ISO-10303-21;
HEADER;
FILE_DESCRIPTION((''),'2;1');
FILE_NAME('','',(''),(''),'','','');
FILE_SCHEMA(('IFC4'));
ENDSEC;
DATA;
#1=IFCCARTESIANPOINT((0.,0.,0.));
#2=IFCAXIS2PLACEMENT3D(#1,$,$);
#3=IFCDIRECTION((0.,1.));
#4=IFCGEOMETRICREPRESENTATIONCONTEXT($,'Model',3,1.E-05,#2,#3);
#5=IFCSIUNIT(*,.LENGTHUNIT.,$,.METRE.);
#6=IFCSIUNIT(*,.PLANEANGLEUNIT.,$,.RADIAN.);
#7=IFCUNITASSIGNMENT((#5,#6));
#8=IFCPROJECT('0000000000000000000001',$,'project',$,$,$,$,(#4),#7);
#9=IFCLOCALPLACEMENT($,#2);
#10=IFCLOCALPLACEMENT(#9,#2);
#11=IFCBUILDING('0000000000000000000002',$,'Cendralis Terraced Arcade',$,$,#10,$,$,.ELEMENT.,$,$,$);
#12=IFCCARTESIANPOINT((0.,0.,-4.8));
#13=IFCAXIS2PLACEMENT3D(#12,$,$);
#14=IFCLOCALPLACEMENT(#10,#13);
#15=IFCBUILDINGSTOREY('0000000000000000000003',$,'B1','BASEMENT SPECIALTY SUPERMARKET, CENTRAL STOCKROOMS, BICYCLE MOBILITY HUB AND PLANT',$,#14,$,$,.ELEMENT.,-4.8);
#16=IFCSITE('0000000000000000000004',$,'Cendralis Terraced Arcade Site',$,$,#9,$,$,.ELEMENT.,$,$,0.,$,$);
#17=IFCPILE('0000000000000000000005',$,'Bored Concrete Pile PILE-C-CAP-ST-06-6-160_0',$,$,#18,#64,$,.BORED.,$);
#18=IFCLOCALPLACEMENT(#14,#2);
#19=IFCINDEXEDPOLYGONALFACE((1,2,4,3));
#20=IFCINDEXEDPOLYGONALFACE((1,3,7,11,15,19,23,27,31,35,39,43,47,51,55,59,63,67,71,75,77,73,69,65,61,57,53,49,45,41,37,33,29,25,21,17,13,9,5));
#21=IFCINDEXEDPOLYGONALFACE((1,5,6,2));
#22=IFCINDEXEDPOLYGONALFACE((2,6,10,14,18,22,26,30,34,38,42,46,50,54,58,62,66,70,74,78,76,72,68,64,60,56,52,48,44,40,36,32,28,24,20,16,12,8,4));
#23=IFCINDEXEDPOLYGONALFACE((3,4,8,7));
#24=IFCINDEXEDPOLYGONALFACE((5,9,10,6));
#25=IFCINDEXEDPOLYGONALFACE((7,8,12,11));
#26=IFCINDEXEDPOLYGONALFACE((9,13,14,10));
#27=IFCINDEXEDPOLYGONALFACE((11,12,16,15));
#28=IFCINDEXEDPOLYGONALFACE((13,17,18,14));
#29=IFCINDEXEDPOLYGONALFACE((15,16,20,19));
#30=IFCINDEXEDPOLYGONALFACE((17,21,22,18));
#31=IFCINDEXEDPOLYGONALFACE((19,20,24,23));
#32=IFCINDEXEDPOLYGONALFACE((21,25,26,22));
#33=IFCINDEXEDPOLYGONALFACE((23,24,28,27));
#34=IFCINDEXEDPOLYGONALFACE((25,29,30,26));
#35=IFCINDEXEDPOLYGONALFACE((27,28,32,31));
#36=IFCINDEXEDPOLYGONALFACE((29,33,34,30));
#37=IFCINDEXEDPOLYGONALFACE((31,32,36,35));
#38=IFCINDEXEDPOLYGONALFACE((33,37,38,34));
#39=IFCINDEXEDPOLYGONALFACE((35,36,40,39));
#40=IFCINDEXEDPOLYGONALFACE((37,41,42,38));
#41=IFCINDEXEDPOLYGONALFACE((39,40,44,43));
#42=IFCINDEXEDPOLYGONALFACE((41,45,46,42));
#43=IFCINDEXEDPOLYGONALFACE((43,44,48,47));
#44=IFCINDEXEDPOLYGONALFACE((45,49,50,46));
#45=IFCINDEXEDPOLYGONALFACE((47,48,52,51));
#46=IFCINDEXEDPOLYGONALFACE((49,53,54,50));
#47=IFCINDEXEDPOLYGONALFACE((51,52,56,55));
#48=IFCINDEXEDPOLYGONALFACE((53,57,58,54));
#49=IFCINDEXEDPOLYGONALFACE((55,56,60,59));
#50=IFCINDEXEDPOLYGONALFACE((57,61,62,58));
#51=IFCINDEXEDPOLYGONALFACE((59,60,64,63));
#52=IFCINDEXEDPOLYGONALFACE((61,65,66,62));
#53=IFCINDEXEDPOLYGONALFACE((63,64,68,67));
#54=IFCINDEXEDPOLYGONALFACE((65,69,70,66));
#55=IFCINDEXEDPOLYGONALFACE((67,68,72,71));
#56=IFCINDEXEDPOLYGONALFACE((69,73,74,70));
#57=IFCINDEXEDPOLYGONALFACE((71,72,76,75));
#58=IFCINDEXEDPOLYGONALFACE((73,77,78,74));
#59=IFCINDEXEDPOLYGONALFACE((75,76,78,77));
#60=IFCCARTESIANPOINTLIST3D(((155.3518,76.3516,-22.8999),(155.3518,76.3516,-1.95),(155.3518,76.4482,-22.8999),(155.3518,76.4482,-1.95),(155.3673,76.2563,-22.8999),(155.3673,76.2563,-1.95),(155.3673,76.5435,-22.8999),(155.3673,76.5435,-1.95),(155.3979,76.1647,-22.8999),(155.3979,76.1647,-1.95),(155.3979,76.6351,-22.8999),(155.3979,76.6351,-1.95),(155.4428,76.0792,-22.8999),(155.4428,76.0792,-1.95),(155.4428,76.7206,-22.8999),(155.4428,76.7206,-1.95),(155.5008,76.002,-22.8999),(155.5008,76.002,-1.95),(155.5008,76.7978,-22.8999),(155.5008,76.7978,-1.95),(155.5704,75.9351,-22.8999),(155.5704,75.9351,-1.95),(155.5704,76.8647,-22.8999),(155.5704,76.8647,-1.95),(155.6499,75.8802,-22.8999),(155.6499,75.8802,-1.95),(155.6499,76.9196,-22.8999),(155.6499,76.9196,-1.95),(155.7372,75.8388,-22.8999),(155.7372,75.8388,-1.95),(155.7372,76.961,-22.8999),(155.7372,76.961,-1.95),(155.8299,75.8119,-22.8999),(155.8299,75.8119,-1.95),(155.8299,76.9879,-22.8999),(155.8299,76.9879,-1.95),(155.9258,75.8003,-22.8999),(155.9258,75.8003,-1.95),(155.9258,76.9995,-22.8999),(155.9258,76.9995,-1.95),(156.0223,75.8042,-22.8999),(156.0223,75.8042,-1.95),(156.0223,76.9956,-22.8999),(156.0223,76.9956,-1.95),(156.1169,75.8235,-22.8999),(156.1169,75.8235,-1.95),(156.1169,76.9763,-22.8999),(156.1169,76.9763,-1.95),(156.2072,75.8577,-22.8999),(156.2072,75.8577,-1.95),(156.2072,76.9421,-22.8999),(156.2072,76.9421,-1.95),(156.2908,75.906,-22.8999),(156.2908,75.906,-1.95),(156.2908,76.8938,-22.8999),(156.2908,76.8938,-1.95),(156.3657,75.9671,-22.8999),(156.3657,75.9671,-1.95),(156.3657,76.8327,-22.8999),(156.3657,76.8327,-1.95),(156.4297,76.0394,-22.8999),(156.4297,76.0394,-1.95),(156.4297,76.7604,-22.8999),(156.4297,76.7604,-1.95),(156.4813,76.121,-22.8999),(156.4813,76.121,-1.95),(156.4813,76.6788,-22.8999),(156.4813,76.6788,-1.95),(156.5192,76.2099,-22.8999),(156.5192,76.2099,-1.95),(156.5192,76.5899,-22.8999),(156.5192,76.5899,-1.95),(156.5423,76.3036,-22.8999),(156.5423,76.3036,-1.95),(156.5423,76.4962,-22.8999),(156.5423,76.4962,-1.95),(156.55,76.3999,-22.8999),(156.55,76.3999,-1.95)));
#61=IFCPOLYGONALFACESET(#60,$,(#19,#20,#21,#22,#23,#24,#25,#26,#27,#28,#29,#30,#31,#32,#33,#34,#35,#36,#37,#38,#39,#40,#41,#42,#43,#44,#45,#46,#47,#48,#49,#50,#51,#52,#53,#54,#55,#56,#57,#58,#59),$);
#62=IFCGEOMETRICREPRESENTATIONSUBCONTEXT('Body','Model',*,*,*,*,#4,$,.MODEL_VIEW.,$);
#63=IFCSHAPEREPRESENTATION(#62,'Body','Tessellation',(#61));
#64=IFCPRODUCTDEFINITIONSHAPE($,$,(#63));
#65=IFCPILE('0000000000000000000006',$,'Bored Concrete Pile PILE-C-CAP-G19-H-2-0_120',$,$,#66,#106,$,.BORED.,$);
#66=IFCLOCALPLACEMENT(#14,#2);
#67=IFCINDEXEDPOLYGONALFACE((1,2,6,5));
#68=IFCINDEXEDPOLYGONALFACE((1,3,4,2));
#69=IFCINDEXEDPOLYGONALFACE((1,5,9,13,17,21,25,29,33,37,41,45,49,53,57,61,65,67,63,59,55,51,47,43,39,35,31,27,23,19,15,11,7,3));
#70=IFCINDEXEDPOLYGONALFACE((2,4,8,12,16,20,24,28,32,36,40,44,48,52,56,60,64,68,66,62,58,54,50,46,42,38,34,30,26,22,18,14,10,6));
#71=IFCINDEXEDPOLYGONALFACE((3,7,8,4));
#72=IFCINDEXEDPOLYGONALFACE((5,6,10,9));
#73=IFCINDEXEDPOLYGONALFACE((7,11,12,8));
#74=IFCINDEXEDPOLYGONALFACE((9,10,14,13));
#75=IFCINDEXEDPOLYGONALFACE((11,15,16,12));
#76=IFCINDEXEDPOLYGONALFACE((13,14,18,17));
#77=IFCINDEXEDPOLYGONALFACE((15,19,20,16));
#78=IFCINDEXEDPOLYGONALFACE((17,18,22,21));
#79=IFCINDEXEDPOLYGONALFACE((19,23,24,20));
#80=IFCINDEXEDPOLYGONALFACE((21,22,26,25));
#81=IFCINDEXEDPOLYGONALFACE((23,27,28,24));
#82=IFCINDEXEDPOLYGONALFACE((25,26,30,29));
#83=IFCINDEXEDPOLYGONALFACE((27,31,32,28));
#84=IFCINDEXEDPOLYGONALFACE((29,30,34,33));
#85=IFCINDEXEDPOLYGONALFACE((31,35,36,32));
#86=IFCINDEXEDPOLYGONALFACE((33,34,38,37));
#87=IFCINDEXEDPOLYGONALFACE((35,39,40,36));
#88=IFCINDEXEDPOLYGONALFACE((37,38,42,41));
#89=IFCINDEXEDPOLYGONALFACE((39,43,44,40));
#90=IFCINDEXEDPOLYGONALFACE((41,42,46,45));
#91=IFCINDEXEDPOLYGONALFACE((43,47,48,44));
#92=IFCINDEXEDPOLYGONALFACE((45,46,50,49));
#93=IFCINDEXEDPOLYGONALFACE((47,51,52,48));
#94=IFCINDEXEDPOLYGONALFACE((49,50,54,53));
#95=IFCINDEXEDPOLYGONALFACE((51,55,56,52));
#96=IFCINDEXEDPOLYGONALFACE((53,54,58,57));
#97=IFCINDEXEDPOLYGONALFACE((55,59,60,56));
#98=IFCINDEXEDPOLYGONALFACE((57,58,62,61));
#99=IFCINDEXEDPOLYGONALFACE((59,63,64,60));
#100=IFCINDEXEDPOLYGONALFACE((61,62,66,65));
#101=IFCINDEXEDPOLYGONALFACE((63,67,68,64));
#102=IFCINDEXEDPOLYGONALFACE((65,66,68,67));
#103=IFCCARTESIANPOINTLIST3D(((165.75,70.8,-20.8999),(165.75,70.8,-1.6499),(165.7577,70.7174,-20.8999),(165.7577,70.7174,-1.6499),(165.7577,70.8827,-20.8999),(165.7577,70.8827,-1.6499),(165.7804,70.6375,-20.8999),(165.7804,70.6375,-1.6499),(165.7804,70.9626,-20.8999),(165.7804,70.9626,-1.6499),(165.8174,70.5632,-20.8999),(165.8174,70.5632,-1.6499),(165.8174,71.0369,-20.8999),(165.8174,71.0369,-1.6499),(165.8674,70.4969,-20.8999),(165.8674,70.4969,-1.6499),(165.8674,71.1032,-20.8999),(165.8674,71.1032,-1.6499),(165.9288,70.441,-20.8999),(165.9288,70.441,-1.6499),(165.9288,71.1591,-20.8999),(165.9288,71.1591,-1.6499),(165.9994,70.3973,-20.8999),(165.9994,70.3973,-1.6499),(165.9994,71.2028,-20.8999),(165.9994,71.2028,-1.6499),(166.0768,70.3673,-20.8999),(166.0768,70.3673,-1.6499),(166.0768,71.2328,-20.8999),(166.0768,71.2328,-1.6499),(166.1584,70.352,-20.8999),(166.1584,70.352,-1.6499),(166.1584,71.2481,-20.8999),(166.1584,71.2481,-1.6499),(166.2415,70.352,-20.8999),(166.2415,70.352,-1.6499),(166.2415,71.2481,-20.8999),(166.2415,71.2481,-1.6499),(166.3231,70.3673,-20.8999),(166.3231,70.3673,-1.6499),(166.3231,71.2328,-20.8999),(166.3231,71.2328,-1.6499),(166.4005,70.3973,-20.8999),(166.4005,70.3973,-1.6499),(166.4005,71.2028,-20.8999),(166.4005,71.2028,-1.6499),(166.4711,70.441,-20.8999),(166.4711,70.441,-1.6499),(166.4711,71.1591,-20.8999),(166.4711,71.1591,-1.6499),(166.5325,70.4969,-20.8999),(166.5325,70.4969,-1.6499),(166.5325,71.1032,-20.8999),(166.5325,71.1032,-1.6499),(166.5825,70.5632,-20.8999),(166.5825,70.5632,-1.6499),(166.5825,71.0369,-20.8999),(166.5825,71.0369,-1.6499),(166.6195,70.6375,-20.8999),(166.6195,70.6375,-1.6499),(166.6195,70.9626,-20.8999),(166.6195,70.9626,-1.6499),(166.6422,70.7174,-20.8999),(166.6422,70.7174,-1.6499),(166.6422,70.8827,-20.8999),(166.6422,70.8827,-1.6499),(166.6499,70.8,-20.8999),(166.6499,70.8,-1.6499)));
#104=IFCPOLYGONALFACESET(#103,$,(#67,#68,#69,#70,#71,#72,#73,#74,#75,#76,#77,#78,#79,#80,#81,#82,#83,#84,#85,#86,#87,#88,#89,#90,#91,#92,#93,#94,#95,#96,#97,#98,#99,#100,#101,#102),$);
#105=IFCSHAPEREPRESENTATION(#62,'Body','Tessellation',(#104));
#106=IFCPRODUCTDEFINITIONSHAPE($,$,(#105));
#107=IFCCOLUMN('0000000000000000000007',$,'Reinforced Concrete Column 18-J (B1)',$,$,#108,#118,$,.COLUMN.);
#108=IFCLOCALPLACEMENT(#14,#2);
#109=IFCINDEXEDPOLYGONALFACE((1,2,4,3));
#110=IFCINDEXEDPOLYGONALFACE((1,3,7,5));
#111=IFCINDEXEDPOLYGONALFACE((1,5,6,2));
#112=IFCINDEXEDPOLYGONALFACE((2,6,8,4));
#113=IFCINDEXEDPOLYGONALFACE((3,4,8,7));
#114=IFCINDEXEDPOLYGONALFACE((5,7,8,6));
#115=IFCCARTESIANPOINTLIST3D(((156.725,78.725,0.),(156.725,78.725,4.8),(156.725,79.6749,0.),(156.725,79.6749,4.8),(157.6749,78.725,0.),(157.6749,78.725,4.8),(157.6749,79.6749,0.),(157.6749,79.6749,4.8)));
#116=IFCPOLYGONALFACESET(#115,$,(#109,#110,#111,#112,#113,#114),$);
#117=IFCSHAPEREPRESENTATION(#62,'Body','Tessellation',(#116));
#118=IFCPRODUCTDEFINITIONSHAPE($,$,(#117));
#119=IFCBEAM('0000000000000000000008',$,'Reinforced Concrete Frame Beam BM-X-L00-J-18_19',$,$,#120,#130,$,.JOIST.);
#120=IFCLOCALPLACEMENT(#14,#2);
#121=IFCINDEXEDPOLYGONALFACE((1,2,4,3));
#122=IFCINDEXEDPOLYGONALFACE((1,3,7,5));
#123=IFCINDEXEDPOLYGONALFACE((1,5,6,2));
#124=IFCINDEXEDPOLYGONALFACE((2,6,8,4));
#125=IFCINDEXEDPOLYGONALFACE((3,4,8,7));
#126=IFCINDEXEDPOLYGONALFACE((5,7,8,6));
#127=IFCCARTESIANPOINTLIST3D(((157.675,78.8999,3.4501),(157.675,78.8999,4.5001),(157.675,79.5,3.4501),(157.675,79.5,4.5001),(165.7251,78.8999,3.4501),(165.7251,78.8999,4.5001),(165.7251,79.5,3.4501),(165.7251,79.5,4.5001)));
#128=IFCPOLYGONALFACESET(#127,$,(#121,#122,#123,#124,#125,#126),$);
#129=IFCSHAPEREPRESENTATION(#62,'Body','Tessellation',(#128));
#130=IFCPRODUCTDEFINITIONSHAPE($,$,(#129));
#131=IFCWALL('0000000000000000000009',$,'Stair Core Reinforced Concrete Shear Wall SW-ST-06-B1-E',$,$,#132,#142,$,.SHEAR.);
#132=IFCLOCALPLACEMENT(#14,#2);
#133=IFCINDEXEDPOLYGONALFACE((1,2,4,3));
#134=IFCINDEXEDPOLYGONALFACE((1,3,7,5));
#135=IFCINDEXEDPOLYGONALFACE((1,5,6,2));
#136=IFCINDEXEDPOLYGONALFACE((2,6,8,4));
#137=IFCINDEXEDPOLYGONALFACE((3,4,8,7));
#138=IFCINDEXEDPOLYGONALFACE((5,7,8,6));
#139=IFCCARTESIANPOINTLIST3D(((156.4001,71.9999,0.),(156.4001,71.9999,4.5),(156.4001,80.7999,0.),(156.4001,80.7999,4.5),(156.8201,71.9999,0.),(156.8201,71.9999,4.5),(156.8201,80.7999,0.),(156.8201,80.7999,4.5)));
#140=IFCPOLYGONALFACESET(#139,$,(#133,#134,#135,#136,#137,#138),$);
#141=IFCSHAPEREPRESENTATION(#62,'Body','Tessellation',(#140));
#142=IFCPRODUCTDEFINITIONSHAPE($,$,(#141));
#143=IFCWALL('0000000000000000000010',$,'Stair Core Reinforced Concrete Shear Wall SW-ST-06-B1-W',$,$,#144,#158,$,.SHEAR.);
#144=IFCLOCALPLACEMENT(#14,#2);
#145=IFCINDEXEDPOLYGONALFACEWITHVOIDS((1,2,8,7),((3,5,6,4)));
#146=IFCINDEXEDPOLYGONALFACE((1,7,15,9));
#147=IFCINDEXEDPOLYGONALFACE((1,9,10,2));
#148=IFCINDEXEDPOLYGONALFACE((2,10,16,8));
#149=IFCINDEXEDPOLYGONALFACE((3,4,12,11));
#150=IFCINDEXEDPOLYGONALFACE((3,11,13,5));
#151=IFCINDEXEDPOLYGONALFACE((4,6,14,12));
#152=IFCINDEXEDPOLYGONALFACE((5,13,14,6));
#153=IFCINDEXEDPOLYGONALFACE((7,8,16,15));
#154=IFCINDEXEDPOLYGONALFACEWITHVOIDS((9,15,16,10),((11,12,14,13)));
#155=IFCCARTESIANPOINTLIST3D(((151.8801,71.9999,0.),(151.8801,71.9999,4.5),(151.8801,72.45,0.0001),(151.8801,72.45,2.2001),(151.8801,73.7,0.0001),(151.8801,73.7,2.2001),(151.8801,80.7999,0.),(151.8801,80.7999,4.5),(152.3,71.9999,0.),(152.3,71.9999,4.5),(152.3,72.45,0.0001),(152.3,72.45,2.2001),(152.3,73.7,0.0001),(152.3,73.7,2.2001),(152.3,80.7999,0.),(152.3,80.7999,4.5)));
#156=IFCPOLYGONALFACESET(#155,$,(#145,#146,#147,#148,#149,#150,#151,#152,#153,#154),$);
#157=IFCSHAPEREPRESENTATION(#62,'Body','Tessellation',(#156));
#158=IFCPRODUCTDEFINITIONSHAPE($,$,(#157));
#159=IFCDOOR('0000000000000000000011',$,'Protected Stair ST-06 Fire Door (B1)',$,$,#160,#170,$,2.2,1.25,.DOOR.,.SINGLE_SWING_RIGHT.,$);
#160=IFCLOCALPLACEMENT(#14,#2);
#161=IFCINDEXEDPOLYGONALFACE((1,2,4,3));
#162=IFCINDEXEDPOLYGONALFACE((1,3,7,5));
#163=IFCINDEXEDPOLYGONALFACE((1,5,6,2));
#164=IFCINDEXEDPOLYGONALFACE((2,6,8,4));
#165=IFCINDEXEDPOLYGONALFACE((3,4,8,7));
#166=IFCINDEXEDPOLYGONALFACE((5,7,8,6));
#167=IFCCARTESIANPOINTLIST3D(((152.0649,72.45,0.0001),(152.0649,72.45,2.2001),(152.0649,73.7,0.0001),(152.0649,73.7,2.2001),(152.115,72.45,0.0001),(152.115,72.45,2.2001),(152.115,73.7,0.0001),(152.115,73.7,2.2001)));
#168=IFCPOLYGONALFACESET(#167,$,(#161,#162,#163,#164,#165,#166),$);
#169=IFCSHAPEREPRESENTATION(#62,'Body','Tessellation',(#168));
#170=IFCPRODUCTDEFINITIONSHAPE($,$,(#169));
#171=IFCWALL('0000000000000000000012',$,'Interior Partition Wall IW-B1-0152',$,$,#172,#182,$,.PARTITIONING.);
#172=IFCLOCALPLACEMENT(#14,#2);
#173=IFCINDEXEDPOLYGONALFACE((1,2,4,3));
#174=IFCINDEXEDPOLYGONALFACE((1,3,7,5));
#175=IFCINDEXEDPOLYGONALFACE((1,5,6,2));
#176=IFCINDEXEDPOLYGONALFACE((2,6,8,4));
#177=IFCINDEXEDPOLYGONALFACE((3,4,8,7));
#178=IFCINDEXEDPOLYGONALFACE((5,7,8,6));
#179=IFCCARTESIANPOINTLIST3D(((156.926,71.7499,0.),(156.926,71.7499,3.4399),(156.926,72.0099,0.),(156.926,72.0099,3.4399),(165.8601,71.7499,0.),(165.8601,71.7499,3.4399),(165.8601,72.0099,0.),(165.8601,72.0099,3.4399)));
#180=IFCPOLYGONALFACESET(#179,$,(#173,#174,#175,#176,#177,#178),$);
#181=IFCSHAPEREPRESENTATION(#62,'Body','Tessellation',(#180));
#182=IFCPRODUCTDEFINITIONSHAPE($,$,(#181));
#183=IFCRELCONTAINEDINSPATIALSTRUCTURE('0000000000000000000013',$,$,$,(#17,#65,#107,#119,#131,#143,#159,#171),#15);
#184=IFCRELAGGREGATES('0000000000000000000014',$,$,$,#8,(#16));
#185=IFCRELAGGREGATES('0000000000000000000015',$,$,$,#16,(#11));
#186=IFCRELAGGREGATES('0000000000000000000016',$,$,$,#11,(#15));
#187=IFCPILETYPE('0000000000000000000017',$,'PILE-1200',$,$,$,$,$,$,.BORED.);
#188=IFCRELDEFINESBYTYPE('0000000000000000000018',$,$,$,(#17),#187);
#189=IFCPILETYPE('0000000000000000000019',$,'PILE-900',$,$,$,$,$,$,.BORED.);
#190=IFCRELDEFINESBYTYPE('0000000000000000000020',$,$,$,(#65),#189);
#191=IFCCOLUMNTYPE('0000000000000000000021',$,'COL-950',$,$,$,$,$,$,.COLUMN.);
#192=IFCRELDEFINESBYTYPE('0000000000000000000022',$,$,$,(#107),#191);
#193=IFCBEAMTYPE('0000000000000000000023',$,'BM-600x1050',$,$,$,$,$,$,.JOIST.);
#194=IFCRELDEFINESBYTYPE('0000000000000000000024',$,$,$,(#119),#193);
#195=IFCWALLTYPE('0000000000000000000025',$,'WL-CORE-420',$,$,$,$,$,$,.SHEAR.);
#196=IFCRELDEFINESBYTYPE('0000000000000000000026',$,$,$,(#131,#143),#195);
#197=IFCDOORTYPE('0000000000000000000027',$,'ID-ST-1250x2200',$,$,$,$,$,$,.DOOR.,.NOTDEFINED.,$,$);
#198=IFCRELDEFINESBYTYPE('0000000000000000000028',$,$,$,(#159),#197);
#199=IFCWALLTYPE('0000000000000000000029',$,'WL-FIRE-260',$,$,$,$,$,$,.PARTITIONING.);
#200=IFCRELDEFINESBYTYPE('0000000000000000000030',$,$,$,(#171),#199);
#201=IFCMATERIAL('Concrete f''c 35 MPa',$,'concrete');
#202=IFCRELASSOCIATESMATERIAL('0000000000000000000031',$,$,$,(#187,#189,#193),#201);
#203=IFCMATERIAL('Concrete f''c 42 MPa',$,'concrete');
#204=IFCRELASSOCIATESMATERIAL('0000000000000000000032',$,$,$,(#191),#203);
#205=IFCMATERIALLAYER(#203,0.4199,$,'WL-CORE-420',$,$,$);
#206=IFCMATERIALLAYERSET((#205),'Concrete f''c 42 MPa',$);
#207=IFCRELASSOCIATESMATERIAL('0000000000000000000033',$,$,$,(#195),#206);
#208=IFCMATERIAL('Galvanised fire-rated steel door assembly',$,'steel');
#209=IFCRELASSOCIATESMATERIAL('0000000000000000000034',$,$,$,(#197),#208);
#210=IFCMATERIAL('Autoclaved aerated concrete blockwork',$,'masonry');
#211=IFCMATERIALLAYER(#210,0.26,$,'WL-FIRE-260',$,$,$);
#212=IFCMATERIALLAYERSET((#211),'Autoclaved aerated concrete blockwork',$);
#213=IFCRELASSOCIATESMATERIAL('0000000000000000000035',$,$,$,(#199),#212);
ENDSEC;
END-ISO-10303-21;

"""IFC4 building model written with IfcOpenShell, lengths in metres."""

from ifc_helpers import new_model, si_unit, direction, frame, frame_2d, origin, origin_2d, place, context, subcontext, project, spatial, rectangle, circle, extrude, material, layer, layer_set, material_profile, profile_set, type_object, element, fill, save


model = new_model("IFC4")

# Units and contexts
model_context = context("Model", 3, precision=1e-05, world=origin(), true_north=direction((0.0, 1.0)))
body_context = subcontext(model_context, "Body", "Model", "MODEL_VIEW")
ifc_project = project(units=[si_unit("LENGTHUNIT", "METRE"), si_unit("PLANEANGLEUNIT", "RADIAN")], contexts=[model_context])

# Site, building, storey
site_placement = place(None, origin())
site = spatial("IfcSite", under=ifc_project, at=site_placement, Name="Cendralis Terraced Arcade Site", CompositionType="ELEMENT", RefElevation=0.0)
building_placement = place(site_placement, origin())
building = spatial("IfcBuilding", under=site, at=building_placement, Name="Cendralis Terraced Arcade", CompositionType="ELEMENT")
storey_placement = place(building_placement, frame((0.0, 0.0, -4.8)))
storey = spatial("IfcBuildingStorey", under=building, at=storey_placement, Name="B1", Description="BASEMENT SPECIALTY SUPERMARKET, CENTRAL STOCKROOMS, BICYCLE MOBILITY HUB AND PLANT", CompositionType="ELEMENT", Elevation=-4.8)

# Shared definitions
ifc_material_1 = material(Name="Concrete f'c 35 MPa", Category="concrete")

# Piles
ifc_material_profile_1 = material_profile(ifc_material_1, circle(Radius=0.6001, at=origin_2d()), Name="PILE-D1200", Category="LoadBearing")
ifc_profile_set_1 = profile_set([ifc_material_profile_1], Name="Concrete f'c 35 MPa")
pile_type_1 = type_object("IfcPileType", Name="PILE-1200", PredefinedType="BORED", material=ifc_profile_set_1)
for number, where, z_axis, x_axis, name in (
    (1, (155.95, 76.3999, -1.95), (0.0, 0.0, -1.0), (1.0, 0.0, 0.0), "Bored Concrete Pile PILE-C-CAP-ST-06-6-160_0"),
):
    element("IfcPile", number, at=place(storey_placement, frame(where, z_axis=z_axis, x_axis=x_axis)), inside=storey, type_object=pile_type_1, Name=name, PredefinedType="BORED", context=body_context, shape_type="SweptSolid", body=[
        extrude(circle(Radius=0.6001, at=origin_2d()), origin(), (0.0, 0.0, 1.0), 20.95),
    ])
ifc_material_profile_2 = material_profile(ifc_material_1, circle(Radius=0.45, at=origin_2d()), Name="PILE-D900", Category="LoadBearing")
ifc_profile_set_2 = profile_set([ifc_material_profile_2], Name="Concrete f'c 35 MPa")
pile_type_2 = type_object("IfcPileType", Name="PILE-900", PredefinedType="BORED", material=ifc_profile_set_2)
pile_placement = place(storey_placement, frame((166.2, 70.8, -1.6499), z_axis=(0.0, 0.0, -1.0), x_axis=(1.0, 0.0, 0.0)))
element("IfcPile", 2, at=pile_placement, inside=storey, type_object=pile_type_2, Name="Bored Concrete Pile PILE-C-CAP-G19-H-2-0_120", PredefinedType="BORED", context=body_context, shape_type="SweptSolid", body=[
    extrude(circle(Radius=0.45, at=origin_2d()), origin(), (0.0, 0.0, 1.0), 19.25),
])

# Column
ifc_material_2 = material(Name="Concrete f'c 42 MPa", Category="concrete")
ifc_material_profile_3 = material_profile(ifc_material_2, rectangle(XDim=0.95, YDim=0.95, at=origin_2d()), Name="RC-COL-950x950", Category="LoadBearing")
ifc_profile_set_3 = profile_set([ifc_material_profile_3], Name="Concrete f'c 42 MPa")
column_type = type_object("IfcColumnType", Name="COL-950", PredefinedType="COLUMN", material=ifc_profile_set_3)
column_placement = place(storey_placement, frame((157.2, 79.2, 0.0), z_axis=(0.0, 0.0, 1.0), x_axis=(1.0, 0.0, 0.0)))
element("IfcColumn", 3, at=column_placement, inside=storey, type_object=column_type, Name="Reinforced Concrete Column 18-J (B1)", PredefinedType="COLUMN", context=body_context, shape_type="SweptSolid", body=[
    extrude(rectangle(XDim=0.95, YDim=0.95, at=origin_2d()), origin(), (0.0, 0.0, 1.0), 4.8),
])

# Beam
ifc_material_profile_4 = material_profile(ifc_material_1, rectangle(XDim=0.6001, YDim=1.05, at=origin_2d()), Name="RC-BM-600x1050", Category="LoadBearing")
ifc_profile_set_4 = profile_set([ifc_material_profile_4], Name="Concrete f'c 35 MPa")
beam_type = type_object("IfcBeamType", Name="BM-600x1050", PredefinedType="JOIST", material=ifc_profile_set_4)
beam_placement = place(storey_placement, frame((157.675, 79.2, 3.9751), z_axis=(1.0, 0.0, 0.0), x_axis=(0.0, 1.0, 0.0)))
element("IfcBeam", 4, at=beam_placement, inside=storey, type_object=beam_type, Name="Reinforced Concrete Frame Beam BM-X-L00-J-18_19", PredefinedType="JOIST", context=body_context, shape_type="SweptSolid", body=[
    extrude(rectangle(XDim=0.6001, YDim=1.05, at=origin_2d()), origin(), (0.0, 0.0, 1.0), 8.05),
])

# Wall
ifc_layer_1 = layer(ifc_material_2, 0.4199, Name="WL-CORE-420")
ifc_layer_set_1 = layer_set([ifc_layer_1], Name="Concrete f'c 42 MPa")
wall_type_1 = type_object("IfcWallType", Name="WL-CORE-420", PredefinedType="SHEAR", material=ifc_layer_set_1)
wall_1_placement = place(storey_placement, frame((156.6101, 72.0, 0.0), z_axis=(0.0, 0.0, 1.0), x_axis=(0.0, 1.0, 0.0)))
element("IfcWall", 5, at=wall_1_placement, inside=storey, type_object=wall_type_1, Name="Stair Core Reinforced Concrete Shear Wall SW-ST-06-B1-E", PredefinedType="SHEAR", context=body_context, shape_type="SweptSolid", body=[
    extrude(rectangle(XDim=8.8, YDim=0.4199, at=frame_2d((4.3999, 0.0))), origin(), (0.0, 0.0, 1.0), 4.5),
])

# Wall, opening, door
wall_2_placement = place(storey_placement, frame((152.0901, 72.0, 0.0), z_axis=(0.0, 0.0, 1.0), x_axis=(0.0, 1.0, 0.0)))
wall_2 = element("IfcWall", 6, at=wall_2_placement, inside=storey, type_object=wall_type_1, Name="Stair Core Reinforced Concrete Shear Wall SW-ST-06-B1-W", PredefinedType="SHEAR", context=body_context, shape_type="SweptSolid", body=[
    extrude(rectangle(XDim=8.8, YDim=0.4199, at=frame_2d((4.3999, 0.0))), origin(), (0.0, 0.0, 1.0), 4.5),
])
opening_placement = place(wall_2_placement, frame((0.45, 0.0, 0.0)))
opening = element("IfcOpeningElement", 7, at=opening_placement, cuts=wall_2, PredefinedType="OPENING", context=body_context, shape_type="SweptSolid", body=[
    extrude(rectangle(XDim=1.25, YDim=2.2, at=frame_2d((0.625, 1.1001))), frame((0.0, 0.2219, 0.0), z_axis=(0.0, -1.0, 0.0), x_axis=(1.0, 0.0, 0.0)), (0.0, 0.0, 1.0), 0.4438),
])
ifc_material_3 = material(Name="Galvanised fire-rated steel door assembly", Category="steel")
door_type = type_object("IfcDoorType", Name="ID-ST-1250x2200", OperationType="NOTDEFINED", PredefinedType="DOOR", material=ifc_material_3)
door_placement = place(opening_placement, frame((1.25, 0.0, 0.0), z_axis=(0.0, 0.0, 1.0), x_axis=(-1.0, 0.0, 0.0)))
door = element("IfcDoor", 8, at=door_placement, inside=storey, type_object=door_type, Name="Protected Stair ST-06 Fire Door (B1)", OperationType="SINGLE_SWING_RIGHT", OverallHeight=2.2, OverallWidth=1.25, PredefinedType="DOOR", context=body_context, shape_type="SweptSolid", body=[
    extrude(rectangle(XDim=1.25, YDim=2.2, at=frame_2d((0.625, 1.1001))), frame((0.0, 0.0249, 0.0), z_axis=(0.0, -1.0, 0.0), x_axis=(1.0, 0.0, 0.0)), (0.0, 0.0, 1.0), 0.05),
])
fill(opening, door)

# Wall
ifc_material_4 = material(Name="Autoclaved aerated concrete blockwork", Category="masonry")
ifc_layer_2 = layer(ifc_material_4, 0.26, Name="WL-FIRE-260")
ifc_layer_set_2 = layer_set([ifc_layer_2], Name="Autoclaved aerated concrete blockwork")
wall_type_2 = type_object("IfcWallType", Name="WL-FIRE-260", PredefinedType="PARTITIONING", material=ifc_layer_set_2)
wall_3_placement = place(storey_placement, frame((156.926, 71.8799, 0.0), z_axis=(0.0, 0.0, 1.0), x_axis=(1.0, 0.0, 0.0)))
element("IfcWall", 9, at=wall_3_placement, inside=storey, type_object=wall_type_2, Name="Interior Partition Wall IW-B1-0152", PredefinedType="PARTITIONING", context=body_context, shape_type="SweptSolid", body=[
    extrude(rectangle(XDim=8.9341, YDim=0.26, at=frame_2d((4.467, 0.0))), origin(), (0.0, 0.0, 1.0), 3.4399),
])

save(model, "model.ifc")
